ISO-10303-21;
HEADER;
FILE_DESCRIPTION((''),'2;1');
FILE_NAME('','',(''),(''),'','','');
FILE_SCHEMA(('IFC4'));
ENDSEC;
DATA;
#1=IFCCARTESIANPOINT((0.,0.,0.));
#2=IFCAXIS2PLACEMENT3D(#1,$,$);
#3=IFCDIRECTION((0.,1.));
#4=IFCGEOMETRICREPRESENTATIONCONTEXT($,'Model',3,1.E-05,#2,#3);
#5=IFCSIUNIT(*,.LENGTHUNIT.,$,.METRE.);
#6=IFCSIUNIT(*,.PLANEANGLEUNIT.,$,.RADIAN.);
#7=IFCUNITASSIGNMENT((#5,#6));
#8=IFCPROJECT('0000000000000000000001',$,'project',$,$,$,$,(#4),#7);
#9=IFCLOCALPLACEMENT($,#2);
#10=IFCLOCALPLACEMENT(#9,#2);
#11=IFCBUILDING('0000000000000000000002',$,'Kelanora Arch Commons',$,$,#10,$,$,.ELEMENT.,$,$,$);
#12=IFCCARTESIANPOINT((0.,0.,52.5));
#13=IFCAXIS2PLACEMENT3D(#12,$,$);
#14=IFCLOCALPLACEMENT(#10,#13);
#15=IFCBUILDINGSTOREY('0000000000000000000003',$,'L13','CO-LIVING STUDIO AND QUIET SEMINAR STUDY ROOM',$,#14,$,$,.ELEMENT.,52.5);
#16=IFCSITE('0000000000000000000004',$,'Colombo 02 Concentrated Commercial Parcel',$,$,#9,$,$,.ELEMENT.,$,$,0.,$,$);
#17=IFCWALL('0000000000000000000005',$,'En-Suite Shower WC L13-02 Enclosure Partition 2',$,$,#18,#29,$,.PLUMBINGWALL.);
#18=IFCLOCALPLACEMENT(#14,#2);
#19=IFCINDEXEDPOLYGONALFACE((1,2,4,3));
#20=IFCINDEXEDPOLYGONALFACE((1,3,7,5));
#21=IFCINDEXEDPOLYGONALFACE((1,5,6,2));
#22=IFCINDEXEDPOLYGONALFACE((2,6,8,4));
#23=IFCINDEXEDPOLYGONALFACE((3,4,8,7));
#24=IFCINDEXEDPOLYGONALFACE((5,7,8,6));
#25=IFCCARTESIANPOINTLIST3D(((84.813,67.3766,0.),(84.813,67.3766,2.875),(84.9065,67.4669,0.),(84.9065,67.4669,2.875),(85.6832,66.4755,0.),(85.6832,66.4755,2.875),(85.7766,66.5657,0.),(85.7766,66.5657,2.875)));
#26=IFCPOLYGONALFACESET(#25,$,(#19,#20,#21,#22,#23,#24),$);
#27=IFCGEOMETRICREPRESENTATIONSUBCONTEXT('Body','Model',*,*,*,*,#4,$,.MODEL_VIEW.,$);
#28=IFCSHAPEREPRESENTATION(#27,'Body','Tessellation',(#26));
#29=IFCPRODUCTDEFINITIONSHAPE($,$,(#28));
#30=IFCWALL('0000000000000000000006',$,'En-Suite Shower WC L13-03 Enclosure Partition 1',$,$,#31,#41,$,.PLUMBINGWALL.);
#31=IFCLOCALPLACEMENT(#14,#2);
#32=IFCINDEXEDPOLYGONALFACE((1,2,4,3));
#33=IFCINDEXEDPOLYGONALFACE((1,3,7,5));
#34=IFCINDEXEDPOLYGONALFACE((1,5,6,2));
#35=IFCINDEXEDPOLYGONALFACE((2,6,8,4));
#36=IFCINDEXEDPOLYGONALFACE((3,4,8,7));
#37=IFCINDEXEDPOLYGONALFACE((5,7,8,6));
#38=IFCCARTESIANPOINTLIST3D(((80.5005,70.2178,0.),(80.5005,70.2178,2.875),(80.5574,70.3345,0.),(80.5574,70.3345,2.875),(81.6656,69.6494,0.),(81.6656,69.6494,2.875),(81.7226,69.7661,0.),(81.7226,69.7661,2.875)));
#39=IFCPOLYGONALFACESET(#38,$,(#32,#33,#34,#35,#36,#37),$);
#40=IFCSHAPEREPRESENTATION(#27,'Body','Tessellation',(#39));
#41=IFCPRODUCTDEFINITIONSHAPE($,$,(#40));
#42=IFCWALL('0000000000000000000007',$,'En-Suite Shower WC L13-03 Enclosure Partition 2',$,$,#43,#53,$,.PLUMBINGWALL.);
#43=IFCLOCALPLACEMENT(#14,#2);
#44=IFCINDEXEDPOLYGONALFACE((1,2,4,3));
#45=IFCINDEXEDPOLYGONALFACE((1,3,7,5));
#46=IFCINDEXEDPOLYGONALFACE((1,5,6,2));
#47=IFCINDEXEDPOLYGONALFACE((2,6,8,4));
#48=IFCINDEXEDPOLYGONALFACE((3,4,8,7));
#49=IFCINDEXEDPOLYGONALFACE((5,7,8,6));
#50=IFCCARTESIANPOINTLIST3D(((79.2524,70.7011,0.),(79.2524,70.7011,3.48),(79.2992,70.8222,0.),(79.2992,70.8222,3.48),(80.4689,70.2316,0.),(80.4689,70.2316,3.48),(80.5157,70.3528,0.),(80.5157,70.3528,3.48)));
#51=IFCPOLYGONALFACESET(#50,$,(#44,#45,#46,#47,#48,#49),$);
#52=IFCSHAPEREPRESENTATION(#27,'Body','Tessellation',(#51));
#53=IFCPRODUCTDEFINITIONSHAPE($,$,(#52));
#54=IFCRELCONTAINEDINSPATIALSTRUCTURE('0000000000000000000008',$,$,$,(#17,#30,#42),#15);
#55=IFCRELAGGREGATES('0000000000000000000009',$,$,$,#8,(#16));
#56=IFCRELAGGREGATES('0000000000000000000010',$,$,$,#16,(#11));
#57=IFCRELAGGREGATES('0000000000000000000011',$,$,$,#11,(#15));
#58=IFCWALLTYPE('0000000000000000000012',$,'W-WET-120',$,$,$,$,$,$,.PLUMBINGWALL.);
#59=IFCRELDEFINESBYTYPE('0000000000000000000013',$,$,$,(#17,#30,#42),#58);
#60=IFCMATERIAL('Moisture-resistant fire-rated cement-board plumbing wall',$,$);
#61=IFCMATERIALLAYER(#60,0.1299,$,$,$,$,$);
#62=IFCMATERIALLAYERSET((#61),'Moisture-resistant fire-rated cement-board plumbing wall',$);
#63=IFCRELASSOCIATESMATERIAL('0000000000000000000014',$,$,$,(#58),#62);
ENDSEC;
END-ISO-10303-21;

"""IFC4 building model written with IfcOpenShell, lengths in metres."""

from ifc_helpers import new_model, si_unit, direction, frame, frame_2d, origin, place, context, subcontext, project, spatial, rectangle, extrude, material, layer, layer_set, type_object, element, save


model = new_model("IFC4")

# Units and contexts
model_context = context("Model", 3, precision=1e-05, world=origin(), true_north=direction((0.0, 1.0)))
body_context = subcontext(model_context, "Body", "Model", "MODEL_VIEW")
ifc_project = project(units=[si_unit("LENGTHUNIT", "METRE"), si_unit("PLANEANGLEUNIT", "RADIAN")], contexts=[model_context])

# Site, building, storey
site_placement = place(None, origin())
site = spatial("IfcSite", under=ifc_project, at=site_placement, Name="Colombo 02 Concentrated Commercial Parcel", CompositionType="ELEMENT", RefElevation=0.0)
building_placement = place(site_placement, origin())
building = spatial("IfcBuilding", under=site, at=building_placement, Name="Kelanora Arch Commons", CompositionType="ELEMENT")
storey_placement = place(building_placement, frame((0.0, 0.0, 52.5)))
storey = spatial("IfcBuildingStorey", under=building, at=storey_placement, Name="L13", Description="CO-LIVING STUDIO AND QUIET SEMINAR STUDY ROOM", CompositionType="ELEMENT", Elevation=52.5)

# Shared definitions
ifc_material_1 = material(Name="Moisture-resistant fire-rated cement-board plumbing wall")
ifc_layer_1 = layer(ifc_material_1, 0.1299)
ifc_layer_set_1 = layer_set([ifc_layer_1], Name="Moisture-resistant fire-rated cement-board plumbing wall")
wall_type_1 = type_object("IfcWallType", Name="W-WET-120", PredefinedType="PLUMBINGWALL", material=ifc_layer_set_1)

# Walls
wall_1_placement = place(storey_placement, frame((85.73, 66.5205, 0.0), z_axis=(0.0, 0.0, 1.0), x_axis=(-0.694622, 0.719375, 0.0)))
element("IfcWall", 1, at=wall_1_placement, inside=storey, type_object=wall_type_1, Name="En-Suite Shower WC L13-02 Enclosure Partition 2", PredefinedType="PLUMBINGWALL", context=body_context, shape_type="SweptSolid", body=[
    extrude(rectangle(XDim=1.2527, YDim=0.1299, at=frame_2d((0.6265, 0.0))), origin(), (0.0, 0.0, 1.0), 2.875),
])
wall_2_placement = place(storey_placement, frame((81.6941, 69.7078, 0.0), z_axis=(0.0, 0.0, 1.0), x_axis=(-0.898754, 0.438453, 0.0)))
element("IfcWall", 2, at=wall_2_placement, inside=storey, type_object=wall_type_1, Name="En-Suite Shower WC L13-03 Enclosure Partition 1", PredefinedType="PLUMBINGWALL", context=body_context, shape_type="SweptSolid", body=[
    extrude(rectangle(XDim=1.2964, YDim=0.1299, at=frame_2d((0.6482, 0.0))), origin(), (0.0, 0.0, 1.0), 2.875),
])
wall_3_placement = place(storey_placement, frame((80.4922, 70.2922, 0.0), z_axis=(0.0, 0.0, 1.0), x_axis=(-0.93294, 0.360033, 0.0)))
element("IfcWall", 3, at=wall_3_placement, inside=storey, type_object=wall_type_1, Name="En-Suite Shower WC L13-03 Enclosure Partition 2", PredefinedType="PLUMBINGWALL", context=body_context, shape_type="SweptSolid", body=[
    extrude(rectangle(XDim=1.304, YDim=0.1299, at=frame_2d((0.6519, 0.0))), origin(), (0.0, 0.0, 1.0), 3.48),
])

save(model, "model.ifc")
